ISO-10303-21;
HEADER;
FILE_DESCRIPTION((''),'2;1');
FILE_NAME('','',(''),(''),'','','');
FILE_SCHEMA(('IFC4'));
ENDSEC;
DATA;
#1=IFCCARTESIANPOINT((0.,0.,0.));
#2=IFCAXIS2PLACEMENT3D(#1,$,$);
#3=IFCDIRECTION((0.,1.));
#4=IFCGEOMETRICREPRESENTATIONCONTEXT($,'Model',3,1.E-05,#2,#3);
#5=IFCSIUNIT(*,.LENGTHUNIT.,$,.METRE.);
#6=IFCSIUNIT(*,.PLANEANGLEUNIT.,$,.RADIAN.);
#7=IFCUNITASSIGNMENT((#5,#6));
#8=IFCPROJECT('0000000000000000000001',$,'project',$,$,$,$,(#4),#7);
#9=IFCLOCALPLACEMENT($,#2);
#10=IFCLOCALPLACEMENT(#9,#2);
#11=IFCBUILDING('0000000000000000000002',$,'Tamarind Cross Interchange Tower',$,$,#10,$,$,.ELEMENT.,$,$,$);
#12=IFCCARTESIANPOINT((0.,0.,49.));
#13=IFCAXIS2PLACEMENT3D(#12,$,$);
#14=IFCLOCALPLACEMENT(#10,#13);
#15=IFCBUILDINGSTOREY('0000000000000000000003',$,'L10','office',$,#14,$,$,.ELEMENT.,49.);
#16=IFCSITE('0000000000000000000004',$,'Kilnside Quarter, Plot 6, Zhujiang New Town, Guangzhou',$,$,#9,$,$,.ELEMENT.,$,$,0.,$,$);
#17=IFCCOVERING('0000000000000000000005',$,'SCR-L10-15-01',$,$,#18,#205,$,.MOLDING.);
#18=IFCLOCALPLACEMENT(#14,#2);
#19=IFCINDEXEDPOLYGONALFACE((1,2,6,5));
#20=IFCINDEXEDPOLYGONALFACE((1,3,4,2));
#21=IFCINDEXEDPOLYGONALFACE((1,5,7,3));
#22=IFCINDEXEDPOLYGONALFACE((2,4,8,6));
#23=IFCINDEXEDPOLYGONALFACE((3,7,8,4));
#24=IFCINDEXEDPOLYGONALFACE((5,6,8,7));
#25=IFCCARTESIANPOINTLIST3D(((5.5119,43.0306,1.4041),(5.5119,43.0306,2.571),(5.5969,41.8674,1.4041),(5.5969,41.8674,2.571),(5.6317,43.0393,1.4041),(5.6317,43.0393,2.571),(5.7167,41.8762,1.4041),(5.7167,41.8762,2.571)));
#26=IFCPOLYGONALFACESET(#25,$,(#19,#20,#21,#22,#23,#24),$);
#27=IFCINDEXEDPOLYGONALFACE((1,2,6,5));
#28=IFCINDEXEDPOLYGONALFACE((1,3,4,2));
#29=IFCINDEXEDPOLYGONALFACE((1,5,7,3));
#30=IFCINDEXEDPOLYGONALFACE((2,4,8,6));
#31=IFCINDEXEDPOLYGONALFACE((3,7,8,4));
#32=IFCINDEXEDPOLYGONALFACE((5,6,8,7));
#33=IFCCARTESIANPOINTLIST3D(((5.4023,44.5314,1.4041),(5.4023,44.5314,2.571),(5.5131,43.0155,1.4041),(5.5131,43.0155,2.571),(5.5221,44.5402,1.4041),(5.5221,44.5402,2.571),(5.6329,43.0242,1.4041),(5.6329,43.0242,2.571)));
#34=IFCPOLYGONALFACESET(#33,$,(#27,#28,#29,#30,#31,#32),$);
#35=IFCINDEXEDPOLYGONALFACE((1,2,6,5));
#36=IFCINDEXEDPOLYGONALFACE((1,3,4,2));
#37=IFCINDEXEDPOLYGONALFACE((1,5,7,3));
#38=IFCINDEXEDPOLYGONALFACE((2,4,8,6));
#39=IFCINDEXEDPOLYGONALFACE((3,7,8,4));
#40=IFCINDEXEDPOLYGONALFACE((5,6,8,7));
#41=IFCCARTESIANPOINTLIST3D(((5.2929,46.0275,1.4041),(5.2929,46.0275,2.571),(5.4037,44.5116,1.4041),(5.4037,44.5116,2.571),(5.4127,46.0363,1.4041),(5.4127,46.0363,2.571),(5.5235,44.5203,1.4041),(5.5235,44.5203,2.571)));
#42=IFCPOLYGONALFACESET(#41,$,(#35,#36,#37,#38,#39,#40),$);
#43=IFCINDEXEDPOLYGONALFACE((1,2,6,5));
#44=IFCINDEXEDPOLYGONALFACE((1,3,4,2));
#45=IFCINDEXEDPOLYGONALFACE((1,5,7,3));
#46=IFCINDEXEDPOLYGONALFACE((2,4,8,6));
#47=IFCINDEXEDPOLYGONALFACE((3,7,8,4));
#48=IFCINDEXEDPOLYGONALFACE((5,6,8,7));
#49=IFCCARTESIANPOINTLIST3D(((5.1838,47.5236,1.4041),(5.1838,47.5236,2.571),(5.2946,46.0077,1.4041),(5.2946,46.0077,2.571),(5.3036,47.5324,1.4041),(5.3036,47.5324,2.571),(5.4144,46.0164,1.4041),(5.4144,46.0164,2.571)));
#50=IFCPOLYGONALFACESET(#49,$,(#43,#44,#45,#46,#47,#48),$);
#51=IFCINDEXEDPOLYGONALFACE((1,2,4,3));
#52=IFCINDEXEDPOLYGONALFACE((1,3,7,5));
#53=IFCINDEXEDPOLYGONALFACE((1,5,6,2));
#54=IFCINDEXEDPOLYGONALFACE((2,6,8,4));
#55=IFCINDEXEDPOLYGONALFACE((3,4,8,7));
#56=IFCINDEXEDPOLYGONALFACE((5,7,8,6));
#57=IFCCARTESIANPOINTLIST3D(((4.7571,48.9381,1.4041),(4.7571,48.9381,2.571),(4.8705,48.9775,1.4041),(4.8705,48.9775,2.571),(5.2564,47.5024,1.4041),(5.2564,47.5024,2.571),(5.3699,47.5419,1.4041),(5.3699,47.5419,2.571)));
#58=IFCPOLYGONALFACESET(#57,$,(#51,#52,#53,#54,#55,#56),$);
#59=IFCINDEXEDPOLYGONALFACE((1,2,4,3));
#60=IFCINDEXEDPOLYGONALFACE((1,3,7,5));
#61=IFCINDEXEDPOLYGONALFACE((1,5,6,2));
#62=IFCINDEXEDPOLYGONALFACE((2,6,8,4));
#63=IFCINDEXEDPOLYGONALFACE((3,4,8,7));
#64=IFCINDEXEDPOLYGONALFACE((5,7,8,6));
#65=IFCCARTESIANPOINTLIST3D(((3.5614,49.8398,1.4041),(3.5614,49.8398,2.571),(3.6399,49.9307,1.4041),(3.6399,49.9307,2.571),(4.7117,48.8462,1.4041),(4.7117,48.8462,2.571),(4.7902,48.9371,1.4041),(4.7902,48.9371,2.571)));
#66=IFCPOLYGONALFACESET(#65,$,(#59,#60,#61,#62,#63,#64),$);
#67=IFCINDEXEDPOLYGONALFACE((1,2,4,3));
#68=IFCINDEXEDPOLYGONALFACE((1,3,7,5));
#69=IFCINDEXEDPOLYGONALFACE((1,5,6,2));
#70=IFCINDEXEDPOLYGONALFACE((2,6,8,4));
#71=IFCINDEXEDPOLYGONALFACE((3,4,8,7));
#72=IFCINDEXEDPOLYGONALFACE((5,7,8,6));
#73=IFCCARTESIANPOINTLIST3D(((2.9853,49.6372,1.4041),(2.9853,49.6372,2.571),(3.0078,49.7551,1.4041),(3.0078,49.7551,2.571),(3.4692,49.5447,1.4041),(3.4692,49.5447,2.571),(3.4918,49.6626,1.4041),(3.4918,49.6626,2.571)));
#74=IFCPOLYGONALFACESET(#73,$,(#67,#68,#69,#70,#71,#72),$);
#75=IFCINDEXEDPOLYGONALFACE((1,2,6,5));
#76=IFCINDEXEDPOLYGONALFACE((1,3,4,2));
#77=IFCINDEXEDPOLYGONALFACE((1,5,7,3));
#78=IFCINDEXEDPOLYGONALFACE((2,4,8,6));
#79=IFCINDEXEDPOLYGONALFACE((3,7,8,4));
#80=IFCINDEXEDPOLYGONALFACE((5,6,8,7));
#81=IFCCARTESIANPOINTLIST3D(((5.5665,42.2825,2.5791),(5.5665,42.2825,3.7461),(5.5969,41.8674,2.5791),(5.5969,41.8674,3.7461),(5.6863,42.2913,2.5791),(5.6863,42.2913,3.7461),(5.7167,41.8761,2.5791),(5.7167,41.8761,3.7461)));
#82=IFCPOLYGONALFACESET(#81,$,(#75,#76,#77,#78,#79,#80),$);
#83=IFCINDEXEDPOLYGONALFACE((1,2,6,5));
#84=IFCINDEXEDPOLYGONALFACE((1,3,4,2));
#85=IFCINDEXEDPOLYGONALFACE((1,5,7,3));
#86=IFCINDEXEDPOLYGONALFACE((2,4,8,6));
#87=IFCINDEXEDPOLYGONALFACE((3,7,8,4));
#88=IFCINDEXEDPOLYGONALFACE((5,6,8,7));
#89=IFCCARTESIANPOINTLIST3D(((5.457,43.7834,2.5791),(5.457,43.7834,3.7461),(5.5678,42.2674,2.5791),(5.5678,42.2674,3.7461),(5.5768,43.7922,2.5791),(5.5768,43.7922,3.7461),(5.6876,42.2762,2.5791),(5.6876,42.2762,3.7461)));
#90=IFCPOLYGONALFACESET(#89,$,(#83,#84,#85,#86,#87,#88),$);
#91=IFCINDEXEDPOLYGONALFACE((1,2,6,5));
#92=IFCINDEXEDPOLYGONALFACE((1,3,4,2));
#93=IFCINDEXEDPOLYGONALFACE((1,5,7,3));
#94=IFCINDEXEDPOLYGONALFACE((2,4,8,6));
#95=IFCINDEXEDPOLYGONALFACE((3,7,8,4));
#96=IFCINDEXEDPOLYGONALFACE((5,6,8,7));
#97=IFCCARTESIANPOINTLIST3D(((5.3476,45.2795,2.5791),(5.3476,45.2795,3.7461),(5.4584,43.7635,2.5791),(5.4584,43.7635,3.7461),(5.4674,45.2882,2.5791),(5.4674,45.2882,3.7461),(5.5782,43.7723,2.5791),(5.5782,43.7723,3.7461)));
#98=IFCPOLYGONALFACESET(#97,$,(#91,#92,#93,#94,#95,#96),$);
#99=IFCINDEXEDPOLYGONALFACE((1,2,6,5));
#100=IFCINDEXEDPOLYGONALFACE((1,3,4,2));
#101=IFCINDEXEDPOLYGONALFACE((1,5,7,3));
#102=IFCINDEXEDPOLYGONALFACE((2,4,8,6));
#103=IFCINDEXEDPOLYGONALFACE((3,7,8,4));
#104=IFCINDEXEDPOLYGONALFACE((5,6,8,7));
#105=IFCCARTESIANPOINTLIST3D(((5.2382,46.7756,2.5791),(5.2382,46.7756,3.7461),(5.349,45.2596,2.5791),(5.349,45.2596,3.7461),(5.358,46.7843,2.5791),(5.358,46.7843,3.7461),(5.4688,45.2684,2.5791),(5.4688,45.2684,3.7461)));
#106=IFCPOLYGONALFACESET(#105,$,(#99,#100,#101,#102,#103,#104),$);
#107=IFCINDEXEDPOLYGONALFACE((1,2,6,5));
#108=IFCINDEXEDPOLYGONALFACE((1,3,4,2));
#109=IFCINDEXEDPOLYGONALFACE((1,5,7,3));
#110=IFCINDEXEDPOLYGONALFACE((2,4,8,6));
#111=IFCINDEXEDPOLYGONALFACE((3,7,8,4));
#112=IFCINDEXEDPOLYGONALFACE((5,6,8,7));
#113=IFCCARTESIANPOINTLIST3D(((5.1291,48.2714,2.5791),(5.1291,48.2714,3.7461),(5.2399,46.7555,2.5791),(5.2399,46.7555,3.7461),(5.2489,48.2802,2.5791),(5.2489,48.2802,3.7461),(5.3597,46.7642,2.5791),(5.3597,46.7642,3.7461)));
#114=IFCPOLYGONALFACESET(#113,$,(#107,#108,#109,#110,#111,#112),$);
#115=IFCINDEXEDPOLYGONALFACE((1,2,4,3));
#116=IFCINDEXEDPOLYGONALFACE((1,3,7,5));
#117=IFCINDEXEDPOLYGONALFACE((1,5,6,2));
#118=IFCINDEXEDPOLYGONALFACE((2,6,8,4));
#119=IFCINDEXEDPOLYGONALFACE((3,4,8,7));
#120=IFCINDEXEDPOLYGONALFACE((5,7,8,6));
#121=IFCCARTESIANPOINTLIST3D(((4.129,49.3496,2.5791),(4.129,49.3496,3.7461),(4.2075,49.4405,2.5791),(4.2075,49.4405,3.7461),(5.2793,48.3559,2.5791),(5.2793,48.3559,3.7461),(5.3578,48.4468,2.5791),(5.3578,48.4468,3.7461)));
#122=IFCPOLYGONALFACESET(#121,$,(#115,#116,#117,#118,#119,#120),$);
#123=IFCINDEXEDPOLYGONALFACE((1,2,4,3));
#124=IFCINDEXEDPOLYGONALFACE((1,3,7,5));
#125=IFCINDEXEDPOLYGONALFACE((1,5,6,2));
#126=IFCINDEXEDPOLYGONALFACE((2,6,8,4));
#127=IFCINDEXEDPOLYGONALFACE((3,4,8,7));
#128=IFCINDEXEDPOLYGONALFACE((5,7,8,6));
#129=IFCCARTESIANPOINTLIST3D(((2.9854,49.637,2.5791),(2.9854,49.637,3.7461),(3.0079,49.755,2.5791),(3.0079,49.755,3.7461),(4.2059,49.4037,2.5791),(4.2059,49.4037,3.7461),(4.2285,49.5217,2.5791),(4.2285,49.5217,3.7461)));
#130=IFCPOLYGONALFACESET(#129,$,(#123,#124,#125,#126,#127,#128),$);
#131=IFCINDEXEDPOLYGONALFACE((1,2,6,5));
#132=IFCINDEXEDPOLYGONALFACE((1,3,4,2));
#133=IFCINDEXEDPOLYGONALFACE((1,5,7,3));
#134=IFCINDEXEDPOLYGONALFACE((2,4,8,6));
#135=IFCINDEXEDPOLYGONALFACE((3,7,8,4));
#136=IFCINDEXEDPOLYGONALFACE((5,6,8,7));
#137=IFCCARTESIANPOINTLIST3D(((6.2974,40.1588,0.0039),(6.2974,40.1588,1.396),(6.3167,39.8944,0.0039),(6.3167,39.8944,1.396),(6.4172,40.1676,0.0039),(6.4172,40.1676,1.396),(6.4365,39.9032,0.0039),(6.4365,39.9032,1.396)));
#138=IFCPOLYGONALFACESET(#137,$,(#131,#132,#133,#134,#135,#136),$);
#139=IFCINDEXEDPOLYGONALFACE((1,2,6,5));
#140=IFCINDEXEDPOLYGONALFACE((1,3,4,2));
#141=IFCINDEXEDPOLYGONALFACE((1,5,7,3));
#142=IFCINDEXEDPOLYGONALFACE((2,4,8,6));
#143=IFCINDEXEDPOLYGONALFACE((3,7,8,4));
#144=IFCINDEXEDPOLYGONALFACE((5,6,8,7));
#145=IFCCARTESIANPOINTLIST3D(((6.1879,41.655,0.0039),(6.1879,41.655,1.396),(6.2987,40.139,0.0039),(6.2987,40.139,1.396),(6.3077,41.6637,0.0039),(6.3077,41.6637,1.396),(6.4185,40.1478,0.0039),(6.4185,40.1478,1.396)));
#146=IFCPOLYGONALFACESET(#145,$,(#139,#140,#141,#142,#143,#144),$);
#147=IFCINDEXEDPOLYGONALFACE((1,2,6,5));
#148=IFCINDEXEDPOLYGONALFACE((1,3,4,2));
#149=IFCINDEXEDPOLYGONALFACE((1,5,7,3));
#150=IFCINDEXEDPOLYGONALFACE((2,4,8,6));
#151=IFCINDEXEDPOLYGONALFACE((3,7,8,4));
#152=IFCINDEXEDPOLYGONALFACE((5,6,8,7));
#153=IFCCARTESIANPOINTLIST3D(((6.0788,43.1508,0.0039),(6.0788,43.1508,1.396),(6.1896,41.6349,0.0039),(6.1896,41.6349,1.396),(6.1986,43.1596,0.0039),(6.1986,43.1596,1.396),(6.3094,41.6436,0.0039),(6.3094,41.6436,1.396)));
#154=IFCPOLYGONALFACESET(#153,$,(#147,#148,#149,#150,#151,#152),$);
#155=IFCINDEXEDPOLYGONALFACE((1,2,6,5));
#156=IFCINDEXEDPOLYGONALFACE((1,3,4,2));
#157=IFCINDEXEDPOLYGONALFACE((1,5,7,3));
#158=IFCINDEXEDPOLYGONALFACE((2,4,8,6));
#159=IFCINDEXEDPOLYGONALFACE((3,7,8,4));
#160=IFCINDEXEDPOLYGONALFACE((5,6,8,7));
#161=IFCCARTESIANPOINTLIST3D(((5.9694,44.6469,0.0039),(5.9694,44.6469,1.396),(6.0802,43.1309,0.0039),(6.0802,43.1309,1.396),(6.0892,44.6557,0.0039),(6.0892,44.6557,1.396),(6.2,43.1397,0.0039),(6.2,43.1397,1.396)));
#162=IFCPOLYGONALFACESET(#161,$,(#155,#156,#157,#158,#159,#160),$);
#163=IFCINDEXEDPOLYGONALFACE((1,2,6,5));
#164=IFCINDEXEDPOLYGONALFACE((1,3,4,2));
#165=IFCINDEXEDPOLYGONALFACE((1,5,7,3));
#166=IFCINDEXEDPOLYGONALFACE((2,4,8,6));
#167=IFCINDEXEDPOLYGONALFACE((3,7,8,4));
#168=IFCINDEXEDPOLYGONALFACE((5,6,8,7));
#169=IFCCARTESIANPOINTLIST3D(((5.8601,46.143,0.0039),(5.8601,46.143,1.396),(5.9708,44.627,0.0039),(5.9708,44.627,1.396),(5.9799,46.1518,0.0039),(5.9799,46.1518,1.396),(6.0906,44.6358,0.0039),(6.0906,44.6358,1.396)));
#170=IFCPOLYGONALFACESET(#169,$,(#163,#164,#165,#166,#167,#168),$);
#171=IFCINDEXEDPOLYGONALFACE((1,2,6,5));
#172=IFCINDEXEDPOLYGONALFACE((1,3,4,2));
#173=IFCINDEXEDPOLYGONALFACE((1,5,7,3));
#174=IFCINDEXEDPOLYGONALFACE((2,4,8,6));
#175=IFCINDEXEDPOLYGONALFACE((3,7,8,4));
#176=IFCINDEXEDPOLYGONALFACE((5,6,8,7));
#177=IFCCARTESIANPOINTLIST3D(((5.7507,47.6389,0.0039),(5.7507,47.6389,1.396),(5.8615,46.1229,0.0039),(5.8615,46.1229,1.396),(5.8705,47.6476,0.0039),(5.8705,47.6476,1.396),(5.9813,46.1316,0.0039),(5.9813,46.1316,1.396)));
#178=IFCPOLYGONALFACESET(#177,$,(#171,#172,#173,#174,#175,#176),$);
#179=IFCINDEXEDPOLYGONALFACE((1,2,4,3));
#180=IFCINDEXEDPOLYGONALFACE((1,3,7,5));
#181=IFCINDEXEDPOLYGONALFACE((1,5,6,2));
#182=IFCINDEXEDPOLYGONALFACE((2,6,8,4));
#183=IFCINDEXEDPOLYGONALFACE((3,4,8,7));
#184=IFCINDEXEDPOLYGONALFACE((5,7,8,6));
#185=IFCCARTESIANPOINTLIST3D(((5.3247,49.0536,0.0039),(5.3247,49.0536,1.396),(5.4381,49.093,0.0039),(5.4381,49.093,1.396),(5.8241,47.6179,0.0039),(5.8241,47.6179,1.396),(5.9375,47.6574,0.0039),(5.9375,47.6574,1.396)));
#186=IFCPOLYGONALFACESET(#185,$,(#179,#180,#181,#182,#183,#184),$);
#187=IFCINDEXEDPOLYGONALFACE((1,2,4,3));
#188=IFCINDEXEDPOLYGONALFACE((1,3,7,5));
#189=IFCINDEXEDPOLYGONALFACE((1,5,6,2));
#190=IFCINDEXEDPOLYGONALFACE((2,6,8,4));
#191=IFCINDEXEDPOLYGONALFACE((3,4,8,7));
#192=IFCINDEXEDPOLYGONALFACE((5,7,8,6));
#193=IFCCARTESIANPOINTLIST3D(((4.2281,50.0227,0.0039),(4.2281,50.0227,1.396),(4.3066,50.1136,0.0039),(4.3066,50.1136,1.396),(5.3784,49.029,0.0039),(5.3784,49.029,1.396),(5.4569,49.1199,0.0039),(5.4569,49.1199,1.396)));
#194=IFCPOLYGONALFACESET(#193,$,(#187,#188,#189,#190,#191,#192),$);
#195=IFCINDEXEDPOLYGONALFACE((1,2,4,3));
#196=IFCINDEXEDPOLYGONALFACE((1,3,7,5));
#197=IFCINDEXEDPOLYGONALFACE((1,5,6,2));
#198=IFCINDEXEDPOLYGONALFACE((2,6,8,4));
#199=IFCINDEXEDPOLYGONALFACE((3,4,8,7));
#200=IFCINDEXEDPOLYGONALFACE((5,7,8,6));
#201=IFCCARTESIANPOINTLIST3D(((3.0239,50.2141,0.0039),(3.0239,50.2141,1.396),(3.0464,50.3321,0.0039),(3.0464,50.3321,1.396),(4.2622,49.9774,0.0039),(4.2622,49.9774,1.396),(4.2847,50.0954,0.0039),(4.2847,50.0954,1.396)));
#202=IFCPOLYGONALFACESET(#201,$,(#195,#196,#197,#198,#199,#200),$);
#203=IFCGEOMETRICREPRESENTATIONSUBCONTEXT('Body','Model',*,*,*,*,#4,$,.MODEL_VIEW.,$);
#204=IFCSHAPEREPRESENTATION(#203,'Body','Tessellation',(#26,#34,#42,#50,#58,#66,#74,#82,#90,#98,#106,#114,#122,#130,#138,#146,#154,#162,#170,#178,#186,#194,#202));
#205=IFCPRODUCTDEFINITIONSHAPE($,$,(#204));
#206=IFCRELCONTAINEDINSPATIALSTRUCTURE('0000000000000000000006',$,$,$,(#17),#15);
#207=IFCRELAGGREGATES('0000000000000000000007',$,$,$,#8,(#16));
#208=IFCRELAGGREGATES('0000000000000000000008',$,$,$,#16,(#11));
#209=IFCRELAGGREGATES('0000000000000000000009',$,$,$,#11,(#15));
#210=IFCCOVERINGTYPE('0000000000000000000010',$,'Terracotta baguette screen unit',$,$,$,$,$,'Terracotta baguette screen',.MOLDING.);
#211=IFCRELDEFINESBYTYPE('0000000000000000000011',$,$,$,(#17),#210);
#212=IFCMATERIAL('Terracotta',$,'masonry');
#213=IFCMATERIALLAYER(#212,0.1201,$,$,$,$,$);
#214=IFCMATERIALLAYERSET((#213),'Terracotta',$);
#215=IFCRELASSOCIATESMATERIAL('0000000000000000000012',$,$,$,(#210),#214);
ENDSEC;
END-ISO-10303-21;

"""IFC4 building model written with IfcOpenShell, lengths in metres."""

from ifc_helpers import new_model, si_unit, direction, frame, origin, origin_2d, place, context, subcontext, project, spatial, rectangle, extrude, material, layer, layer_set, type_object, element, save


model = new_model("IFC4")

# Units and contexts
model_context = context("Model", 3, precision=1e-05, world=origin(), true_north=direction((0.0, 1.0)))
body_context = subcontext(model_context, "Body", "Model", "MODEL_VIEW")
ifc_project = project(units=[si_unit("LENGTHUNIT", "METRE"), si_unit("PLANEANGLEUNIT", "RADIAN")], contexts=[model_context])

# Site, building, storey
site_placement = place(None, origin())
site = spatial("IfcSite", under=ifc_project, at=site_placement, Name="Kilnside Quarter, Plot 6, Zhujiang New Town, Guangzhou", CompositionType="ELEMENT", RefElevation=0.0)
building_placement = place(site_placement, origin())
building = spatial("IfcBuilding", under=site, at=building_placement, Name="Tamarind Cross Interchange Tower", CompositionType="ELEMENT")
storey_placement = place(building_placement, frame((0.0, 0.0, 49.0)))
storey = spatial("IfcBuildingStorey", under=building, at=storey_placement, Name="L10", Description="office", CompositionType="ELEMENT", Elevation=49.0)

# Covering
ifc_material_1 = material(Name="Terracotta", Category="masonry")
ifc_layer_1 = layer(ifc_material_1, 0.1201)
ifc_layer_set_1 = layer_set([ifc_layer_1], Name="Terracotta")
covering_type = type_object("IfcCoveringType", Name="Terracotta baguette screen unit", ElementType="Terracotta baguette screen", PredefinedType="MOLDING", material=ifc_layer_set_1)
covering_1_placement = place(storey_placement, origin())
element("IfcCovering", 1, at=covering_1_placement, inside=storey, type_object=covering_type, Name="SCR-L10-15-01", PredefinedType="MOLDING", context=body_context, shape_type="SweptSolid", body=[
    extrude(rectangle(XDim=1.1663, YDim=0.1201, at=origin_2d()), frame((5.6143, 42.4534, 1.4041), z_axis=(0.0, 0.0, 1.0), x_axis=(-0.072876, 0.997341, 0.0)), (0.0, 0.0, 1.0), 1.167),
    extrude(rectangle(XDim=1.52, YDim=0.1201, at=origin_2d()), frame((5.5176, 43.7778, 1.4041), z_axis=(0.0, 0.0, 1.0), x_axis=(-0.072876, 0.997341, 0.0)), (0.0, 0.0, 1.0), 1.167),
    extrude(rectangle(XDim=1.52, YDim=0.1201, at=origin_2d()), frame((5.4082, 45.2739, 1.4041), z_axis=(0.0, 0.0, 1.0), x_axis=(-0.072876, 0.997341, 0.0)), (0.0, 0.0, 1.0), 1.167),
    extrude(rectangle(XDim=1.52, YDim=0.1201, at=origin_2d()), frame((5.2991, 46.77, 1.4041), z_axis=(0.0, 0.0, 1.0), x_axis=(-0.072876, 0.997341, 0.0)), (0.0, 0.0, 1.0), 1.167),
    extrude(rectangle(XDim=1.52, YDim=0.1201, at=origin_2d()), frame((5.0635, 48.24, 1.4041), z_axis=(0.0, 0.0, 1.0), x_axis=(-0.328524, 0.944496, 0.0)), (0.0, 0.0, 1.0), 1.167),
    extrude(rectangle(XDim=1.52, YDim=0.1201, at=origin_2d()), frame((4.1758, 49.3884, 1.4041), z_axis=(0.0, 0.0, 1.0), x_axis=(-0.756758, 0.653695, 0.0)), (0.0, 0.0, 1.0), 1.167),
    extrude(rectangle(XDim=0.4927, YDim=0.1201, at=origin_2d()), frame((3.2385, 49.6499, 1.4041), z_axis=(0.0, 0.0, 1.0), x_axis=(-0.982219, 0.187738, 0.0)), (0.0, 0.0, 1.0), 1.167),
    extrude(rectangle(XDim=0.4163, YDim=0.1201, at=origin_2d()), frame((5.6416, 42.0793, 2.5791), z_axis=(0.0, 0.0, 1.0), x_axis=(-0.072876, 0.997341, 0.0)), (0.0, 0.0, 1.0), 1.167),
    extrude(rectangle(XDim=1.52, YDim=0.1201, at=origin_2d()), frame((5.5723, 43.0298, 2.5791), z_axis=(0.0, 0.0, 1.0), x_axis=(-0.072876, 0.997341, 0.0)), (0.0, 0.0, 1.0), 1.167),
    extrude(rectangle(XDim=1.52, YDim=0.1201, at=origin_2d()), frame((5.4629, 44.5259, 2.5791), z_axis=(0.0, 0.0, 1.0), x_axis=(-0.072876, 0.997341, 0.0)), (0.0, 0.0, 1.0), 1.167),
    extrude(rectangle(XDim=1.52, YDim=0.1201, at=origin_2d()), frame((5.3535, 46.022, 2.5791), z_axis=(0.0, 0.0, 1.0), x_axis=(-0.072876, 0.997341, 0.0)), (0.0, 0.0, 1.0), 1.167),
    extrude(rectangle(XDim=1.52, YDim=0.1201, at=origin_2d()), frame((5.2444, 47.5178, 2.5791), z_axis=(0.0, 0.0, 1.0), x_axis=(-0.072876, 0.997341, 0.0)), (0.0, 0.0, 1.0), 1.167),
    extrude(rectangle(XDim=1.52, YDim=0.1201, at=origin_2d()), frame((4.7434, 48.8982, 2.5791), z_axis=(0.0, 0.0, 1.0), x_axis=(-0.756758, 0.653695, 0.0)), (0.0, 0.0, 1.0), 1.167),
    extrude(rectangle(XDim=1.2427, YDim=0.1201, at=origin_2d()), frame((3.6069, 49.5793, 2.5791), z_axis=(0.0, 0.0, 1.0), x_axis=(-0.982219, 0.187738, 0.0)), (0.0, 0.0, 1.0), 1.167),
    extrude(rectangle(XDim=0.2651, YDim=0.1201, at=origin_2d()), frame((6.3669, 40.031, 0.0039), z_axis=(0.0, 0.0, 1.0), x_axis=(-0.072876, 0.997341, 0.0)), (0.0, 0.0, 1.0), 1.3921),
    extrude(rectangle(XDim=1.52, YDim=0.1201, at=origin_2d()), frame((6.3032, 40.9014, 0.0039), z_axis=(0.0, 0.0, 1.0), x_axis=(-0.072876, 0.997341, 0.0)), (0.0, 0.0, 1.0), 1.3921),
    extrude(rectangle(XDim=1.52, YDim=0.1201, at=origin_2d()), frame((6.1941, 42.3972, 0.0039), z_axis=(0.0, 0.0, 1.0), x_axis=(-0.072876, 0.997341, 0.0)), (0.0, 0.0, 1.0), 1.3921),
    extrude(rectangle(XDim=1.52, YDim=0.1201, at=origin_2d()), frame((6.0847, 43.8933, 0.0039), z_axis=(0.0, 0.0, 1.0), x_axis=(-0.072876, 0.997341, 0.0)), (0.0, 0.0, 1.0), 1.3921),
    extrude(rectangle(XDim=1.52, YDim=0.1201, at=origin_2d()), frame((5.9753, 45.3894, 0.0039), z_axis=(0.0, 0.0, 1.0), x_axis=(-0.072876, 0.997341, 0.0)), (0.0, 0.0, 1.0), 1.3921),
    extrude(rectangle(XDim=1.52, YDim=0.1201, at=origin_2d()), frame((5.866, 46.8853, 0.0039), z_axis=(0.0, 0.0, 1.0), x_axis=(-0.072876, 0.997341, 0.0)), (0.0, 0.0, 1.0), 1.3921),
    extrude(rectangle(XDim=1.52, YDim=0.1201, at=origin_2d()), frame((5.6311, 48.3555, 0.0039), z_axis=(0.0, 0.0, 1.0), x_axis=(-0.328524, 0.944496, 0.0)), (0.0, 0.0, 1.0), 1.3921),
    extrude(rectangle(XDim=1.52, YDim=0.1201, at=origin_2d()), frame((4.8425, 49.5713, 0.0039), z_axis=(0.0, 0.0, 1.0), x_axis=(-0.756758, 0.653695, 0.0)), (0.0, 0.0, 1.0), 1.3921),
    extrude(rectangle(XDim=1.2607, YDim=0.1201, at=origin_2d()), frame((3.6543, 50.1548, 0.0039), z_axis=(0.0, 0.0, 1.0), x_axis=(-0.982219, 0.187738, 0.0)), (0.0, 0.0, 1.0), 1.3921),
])

save(model, "model.ifc")
